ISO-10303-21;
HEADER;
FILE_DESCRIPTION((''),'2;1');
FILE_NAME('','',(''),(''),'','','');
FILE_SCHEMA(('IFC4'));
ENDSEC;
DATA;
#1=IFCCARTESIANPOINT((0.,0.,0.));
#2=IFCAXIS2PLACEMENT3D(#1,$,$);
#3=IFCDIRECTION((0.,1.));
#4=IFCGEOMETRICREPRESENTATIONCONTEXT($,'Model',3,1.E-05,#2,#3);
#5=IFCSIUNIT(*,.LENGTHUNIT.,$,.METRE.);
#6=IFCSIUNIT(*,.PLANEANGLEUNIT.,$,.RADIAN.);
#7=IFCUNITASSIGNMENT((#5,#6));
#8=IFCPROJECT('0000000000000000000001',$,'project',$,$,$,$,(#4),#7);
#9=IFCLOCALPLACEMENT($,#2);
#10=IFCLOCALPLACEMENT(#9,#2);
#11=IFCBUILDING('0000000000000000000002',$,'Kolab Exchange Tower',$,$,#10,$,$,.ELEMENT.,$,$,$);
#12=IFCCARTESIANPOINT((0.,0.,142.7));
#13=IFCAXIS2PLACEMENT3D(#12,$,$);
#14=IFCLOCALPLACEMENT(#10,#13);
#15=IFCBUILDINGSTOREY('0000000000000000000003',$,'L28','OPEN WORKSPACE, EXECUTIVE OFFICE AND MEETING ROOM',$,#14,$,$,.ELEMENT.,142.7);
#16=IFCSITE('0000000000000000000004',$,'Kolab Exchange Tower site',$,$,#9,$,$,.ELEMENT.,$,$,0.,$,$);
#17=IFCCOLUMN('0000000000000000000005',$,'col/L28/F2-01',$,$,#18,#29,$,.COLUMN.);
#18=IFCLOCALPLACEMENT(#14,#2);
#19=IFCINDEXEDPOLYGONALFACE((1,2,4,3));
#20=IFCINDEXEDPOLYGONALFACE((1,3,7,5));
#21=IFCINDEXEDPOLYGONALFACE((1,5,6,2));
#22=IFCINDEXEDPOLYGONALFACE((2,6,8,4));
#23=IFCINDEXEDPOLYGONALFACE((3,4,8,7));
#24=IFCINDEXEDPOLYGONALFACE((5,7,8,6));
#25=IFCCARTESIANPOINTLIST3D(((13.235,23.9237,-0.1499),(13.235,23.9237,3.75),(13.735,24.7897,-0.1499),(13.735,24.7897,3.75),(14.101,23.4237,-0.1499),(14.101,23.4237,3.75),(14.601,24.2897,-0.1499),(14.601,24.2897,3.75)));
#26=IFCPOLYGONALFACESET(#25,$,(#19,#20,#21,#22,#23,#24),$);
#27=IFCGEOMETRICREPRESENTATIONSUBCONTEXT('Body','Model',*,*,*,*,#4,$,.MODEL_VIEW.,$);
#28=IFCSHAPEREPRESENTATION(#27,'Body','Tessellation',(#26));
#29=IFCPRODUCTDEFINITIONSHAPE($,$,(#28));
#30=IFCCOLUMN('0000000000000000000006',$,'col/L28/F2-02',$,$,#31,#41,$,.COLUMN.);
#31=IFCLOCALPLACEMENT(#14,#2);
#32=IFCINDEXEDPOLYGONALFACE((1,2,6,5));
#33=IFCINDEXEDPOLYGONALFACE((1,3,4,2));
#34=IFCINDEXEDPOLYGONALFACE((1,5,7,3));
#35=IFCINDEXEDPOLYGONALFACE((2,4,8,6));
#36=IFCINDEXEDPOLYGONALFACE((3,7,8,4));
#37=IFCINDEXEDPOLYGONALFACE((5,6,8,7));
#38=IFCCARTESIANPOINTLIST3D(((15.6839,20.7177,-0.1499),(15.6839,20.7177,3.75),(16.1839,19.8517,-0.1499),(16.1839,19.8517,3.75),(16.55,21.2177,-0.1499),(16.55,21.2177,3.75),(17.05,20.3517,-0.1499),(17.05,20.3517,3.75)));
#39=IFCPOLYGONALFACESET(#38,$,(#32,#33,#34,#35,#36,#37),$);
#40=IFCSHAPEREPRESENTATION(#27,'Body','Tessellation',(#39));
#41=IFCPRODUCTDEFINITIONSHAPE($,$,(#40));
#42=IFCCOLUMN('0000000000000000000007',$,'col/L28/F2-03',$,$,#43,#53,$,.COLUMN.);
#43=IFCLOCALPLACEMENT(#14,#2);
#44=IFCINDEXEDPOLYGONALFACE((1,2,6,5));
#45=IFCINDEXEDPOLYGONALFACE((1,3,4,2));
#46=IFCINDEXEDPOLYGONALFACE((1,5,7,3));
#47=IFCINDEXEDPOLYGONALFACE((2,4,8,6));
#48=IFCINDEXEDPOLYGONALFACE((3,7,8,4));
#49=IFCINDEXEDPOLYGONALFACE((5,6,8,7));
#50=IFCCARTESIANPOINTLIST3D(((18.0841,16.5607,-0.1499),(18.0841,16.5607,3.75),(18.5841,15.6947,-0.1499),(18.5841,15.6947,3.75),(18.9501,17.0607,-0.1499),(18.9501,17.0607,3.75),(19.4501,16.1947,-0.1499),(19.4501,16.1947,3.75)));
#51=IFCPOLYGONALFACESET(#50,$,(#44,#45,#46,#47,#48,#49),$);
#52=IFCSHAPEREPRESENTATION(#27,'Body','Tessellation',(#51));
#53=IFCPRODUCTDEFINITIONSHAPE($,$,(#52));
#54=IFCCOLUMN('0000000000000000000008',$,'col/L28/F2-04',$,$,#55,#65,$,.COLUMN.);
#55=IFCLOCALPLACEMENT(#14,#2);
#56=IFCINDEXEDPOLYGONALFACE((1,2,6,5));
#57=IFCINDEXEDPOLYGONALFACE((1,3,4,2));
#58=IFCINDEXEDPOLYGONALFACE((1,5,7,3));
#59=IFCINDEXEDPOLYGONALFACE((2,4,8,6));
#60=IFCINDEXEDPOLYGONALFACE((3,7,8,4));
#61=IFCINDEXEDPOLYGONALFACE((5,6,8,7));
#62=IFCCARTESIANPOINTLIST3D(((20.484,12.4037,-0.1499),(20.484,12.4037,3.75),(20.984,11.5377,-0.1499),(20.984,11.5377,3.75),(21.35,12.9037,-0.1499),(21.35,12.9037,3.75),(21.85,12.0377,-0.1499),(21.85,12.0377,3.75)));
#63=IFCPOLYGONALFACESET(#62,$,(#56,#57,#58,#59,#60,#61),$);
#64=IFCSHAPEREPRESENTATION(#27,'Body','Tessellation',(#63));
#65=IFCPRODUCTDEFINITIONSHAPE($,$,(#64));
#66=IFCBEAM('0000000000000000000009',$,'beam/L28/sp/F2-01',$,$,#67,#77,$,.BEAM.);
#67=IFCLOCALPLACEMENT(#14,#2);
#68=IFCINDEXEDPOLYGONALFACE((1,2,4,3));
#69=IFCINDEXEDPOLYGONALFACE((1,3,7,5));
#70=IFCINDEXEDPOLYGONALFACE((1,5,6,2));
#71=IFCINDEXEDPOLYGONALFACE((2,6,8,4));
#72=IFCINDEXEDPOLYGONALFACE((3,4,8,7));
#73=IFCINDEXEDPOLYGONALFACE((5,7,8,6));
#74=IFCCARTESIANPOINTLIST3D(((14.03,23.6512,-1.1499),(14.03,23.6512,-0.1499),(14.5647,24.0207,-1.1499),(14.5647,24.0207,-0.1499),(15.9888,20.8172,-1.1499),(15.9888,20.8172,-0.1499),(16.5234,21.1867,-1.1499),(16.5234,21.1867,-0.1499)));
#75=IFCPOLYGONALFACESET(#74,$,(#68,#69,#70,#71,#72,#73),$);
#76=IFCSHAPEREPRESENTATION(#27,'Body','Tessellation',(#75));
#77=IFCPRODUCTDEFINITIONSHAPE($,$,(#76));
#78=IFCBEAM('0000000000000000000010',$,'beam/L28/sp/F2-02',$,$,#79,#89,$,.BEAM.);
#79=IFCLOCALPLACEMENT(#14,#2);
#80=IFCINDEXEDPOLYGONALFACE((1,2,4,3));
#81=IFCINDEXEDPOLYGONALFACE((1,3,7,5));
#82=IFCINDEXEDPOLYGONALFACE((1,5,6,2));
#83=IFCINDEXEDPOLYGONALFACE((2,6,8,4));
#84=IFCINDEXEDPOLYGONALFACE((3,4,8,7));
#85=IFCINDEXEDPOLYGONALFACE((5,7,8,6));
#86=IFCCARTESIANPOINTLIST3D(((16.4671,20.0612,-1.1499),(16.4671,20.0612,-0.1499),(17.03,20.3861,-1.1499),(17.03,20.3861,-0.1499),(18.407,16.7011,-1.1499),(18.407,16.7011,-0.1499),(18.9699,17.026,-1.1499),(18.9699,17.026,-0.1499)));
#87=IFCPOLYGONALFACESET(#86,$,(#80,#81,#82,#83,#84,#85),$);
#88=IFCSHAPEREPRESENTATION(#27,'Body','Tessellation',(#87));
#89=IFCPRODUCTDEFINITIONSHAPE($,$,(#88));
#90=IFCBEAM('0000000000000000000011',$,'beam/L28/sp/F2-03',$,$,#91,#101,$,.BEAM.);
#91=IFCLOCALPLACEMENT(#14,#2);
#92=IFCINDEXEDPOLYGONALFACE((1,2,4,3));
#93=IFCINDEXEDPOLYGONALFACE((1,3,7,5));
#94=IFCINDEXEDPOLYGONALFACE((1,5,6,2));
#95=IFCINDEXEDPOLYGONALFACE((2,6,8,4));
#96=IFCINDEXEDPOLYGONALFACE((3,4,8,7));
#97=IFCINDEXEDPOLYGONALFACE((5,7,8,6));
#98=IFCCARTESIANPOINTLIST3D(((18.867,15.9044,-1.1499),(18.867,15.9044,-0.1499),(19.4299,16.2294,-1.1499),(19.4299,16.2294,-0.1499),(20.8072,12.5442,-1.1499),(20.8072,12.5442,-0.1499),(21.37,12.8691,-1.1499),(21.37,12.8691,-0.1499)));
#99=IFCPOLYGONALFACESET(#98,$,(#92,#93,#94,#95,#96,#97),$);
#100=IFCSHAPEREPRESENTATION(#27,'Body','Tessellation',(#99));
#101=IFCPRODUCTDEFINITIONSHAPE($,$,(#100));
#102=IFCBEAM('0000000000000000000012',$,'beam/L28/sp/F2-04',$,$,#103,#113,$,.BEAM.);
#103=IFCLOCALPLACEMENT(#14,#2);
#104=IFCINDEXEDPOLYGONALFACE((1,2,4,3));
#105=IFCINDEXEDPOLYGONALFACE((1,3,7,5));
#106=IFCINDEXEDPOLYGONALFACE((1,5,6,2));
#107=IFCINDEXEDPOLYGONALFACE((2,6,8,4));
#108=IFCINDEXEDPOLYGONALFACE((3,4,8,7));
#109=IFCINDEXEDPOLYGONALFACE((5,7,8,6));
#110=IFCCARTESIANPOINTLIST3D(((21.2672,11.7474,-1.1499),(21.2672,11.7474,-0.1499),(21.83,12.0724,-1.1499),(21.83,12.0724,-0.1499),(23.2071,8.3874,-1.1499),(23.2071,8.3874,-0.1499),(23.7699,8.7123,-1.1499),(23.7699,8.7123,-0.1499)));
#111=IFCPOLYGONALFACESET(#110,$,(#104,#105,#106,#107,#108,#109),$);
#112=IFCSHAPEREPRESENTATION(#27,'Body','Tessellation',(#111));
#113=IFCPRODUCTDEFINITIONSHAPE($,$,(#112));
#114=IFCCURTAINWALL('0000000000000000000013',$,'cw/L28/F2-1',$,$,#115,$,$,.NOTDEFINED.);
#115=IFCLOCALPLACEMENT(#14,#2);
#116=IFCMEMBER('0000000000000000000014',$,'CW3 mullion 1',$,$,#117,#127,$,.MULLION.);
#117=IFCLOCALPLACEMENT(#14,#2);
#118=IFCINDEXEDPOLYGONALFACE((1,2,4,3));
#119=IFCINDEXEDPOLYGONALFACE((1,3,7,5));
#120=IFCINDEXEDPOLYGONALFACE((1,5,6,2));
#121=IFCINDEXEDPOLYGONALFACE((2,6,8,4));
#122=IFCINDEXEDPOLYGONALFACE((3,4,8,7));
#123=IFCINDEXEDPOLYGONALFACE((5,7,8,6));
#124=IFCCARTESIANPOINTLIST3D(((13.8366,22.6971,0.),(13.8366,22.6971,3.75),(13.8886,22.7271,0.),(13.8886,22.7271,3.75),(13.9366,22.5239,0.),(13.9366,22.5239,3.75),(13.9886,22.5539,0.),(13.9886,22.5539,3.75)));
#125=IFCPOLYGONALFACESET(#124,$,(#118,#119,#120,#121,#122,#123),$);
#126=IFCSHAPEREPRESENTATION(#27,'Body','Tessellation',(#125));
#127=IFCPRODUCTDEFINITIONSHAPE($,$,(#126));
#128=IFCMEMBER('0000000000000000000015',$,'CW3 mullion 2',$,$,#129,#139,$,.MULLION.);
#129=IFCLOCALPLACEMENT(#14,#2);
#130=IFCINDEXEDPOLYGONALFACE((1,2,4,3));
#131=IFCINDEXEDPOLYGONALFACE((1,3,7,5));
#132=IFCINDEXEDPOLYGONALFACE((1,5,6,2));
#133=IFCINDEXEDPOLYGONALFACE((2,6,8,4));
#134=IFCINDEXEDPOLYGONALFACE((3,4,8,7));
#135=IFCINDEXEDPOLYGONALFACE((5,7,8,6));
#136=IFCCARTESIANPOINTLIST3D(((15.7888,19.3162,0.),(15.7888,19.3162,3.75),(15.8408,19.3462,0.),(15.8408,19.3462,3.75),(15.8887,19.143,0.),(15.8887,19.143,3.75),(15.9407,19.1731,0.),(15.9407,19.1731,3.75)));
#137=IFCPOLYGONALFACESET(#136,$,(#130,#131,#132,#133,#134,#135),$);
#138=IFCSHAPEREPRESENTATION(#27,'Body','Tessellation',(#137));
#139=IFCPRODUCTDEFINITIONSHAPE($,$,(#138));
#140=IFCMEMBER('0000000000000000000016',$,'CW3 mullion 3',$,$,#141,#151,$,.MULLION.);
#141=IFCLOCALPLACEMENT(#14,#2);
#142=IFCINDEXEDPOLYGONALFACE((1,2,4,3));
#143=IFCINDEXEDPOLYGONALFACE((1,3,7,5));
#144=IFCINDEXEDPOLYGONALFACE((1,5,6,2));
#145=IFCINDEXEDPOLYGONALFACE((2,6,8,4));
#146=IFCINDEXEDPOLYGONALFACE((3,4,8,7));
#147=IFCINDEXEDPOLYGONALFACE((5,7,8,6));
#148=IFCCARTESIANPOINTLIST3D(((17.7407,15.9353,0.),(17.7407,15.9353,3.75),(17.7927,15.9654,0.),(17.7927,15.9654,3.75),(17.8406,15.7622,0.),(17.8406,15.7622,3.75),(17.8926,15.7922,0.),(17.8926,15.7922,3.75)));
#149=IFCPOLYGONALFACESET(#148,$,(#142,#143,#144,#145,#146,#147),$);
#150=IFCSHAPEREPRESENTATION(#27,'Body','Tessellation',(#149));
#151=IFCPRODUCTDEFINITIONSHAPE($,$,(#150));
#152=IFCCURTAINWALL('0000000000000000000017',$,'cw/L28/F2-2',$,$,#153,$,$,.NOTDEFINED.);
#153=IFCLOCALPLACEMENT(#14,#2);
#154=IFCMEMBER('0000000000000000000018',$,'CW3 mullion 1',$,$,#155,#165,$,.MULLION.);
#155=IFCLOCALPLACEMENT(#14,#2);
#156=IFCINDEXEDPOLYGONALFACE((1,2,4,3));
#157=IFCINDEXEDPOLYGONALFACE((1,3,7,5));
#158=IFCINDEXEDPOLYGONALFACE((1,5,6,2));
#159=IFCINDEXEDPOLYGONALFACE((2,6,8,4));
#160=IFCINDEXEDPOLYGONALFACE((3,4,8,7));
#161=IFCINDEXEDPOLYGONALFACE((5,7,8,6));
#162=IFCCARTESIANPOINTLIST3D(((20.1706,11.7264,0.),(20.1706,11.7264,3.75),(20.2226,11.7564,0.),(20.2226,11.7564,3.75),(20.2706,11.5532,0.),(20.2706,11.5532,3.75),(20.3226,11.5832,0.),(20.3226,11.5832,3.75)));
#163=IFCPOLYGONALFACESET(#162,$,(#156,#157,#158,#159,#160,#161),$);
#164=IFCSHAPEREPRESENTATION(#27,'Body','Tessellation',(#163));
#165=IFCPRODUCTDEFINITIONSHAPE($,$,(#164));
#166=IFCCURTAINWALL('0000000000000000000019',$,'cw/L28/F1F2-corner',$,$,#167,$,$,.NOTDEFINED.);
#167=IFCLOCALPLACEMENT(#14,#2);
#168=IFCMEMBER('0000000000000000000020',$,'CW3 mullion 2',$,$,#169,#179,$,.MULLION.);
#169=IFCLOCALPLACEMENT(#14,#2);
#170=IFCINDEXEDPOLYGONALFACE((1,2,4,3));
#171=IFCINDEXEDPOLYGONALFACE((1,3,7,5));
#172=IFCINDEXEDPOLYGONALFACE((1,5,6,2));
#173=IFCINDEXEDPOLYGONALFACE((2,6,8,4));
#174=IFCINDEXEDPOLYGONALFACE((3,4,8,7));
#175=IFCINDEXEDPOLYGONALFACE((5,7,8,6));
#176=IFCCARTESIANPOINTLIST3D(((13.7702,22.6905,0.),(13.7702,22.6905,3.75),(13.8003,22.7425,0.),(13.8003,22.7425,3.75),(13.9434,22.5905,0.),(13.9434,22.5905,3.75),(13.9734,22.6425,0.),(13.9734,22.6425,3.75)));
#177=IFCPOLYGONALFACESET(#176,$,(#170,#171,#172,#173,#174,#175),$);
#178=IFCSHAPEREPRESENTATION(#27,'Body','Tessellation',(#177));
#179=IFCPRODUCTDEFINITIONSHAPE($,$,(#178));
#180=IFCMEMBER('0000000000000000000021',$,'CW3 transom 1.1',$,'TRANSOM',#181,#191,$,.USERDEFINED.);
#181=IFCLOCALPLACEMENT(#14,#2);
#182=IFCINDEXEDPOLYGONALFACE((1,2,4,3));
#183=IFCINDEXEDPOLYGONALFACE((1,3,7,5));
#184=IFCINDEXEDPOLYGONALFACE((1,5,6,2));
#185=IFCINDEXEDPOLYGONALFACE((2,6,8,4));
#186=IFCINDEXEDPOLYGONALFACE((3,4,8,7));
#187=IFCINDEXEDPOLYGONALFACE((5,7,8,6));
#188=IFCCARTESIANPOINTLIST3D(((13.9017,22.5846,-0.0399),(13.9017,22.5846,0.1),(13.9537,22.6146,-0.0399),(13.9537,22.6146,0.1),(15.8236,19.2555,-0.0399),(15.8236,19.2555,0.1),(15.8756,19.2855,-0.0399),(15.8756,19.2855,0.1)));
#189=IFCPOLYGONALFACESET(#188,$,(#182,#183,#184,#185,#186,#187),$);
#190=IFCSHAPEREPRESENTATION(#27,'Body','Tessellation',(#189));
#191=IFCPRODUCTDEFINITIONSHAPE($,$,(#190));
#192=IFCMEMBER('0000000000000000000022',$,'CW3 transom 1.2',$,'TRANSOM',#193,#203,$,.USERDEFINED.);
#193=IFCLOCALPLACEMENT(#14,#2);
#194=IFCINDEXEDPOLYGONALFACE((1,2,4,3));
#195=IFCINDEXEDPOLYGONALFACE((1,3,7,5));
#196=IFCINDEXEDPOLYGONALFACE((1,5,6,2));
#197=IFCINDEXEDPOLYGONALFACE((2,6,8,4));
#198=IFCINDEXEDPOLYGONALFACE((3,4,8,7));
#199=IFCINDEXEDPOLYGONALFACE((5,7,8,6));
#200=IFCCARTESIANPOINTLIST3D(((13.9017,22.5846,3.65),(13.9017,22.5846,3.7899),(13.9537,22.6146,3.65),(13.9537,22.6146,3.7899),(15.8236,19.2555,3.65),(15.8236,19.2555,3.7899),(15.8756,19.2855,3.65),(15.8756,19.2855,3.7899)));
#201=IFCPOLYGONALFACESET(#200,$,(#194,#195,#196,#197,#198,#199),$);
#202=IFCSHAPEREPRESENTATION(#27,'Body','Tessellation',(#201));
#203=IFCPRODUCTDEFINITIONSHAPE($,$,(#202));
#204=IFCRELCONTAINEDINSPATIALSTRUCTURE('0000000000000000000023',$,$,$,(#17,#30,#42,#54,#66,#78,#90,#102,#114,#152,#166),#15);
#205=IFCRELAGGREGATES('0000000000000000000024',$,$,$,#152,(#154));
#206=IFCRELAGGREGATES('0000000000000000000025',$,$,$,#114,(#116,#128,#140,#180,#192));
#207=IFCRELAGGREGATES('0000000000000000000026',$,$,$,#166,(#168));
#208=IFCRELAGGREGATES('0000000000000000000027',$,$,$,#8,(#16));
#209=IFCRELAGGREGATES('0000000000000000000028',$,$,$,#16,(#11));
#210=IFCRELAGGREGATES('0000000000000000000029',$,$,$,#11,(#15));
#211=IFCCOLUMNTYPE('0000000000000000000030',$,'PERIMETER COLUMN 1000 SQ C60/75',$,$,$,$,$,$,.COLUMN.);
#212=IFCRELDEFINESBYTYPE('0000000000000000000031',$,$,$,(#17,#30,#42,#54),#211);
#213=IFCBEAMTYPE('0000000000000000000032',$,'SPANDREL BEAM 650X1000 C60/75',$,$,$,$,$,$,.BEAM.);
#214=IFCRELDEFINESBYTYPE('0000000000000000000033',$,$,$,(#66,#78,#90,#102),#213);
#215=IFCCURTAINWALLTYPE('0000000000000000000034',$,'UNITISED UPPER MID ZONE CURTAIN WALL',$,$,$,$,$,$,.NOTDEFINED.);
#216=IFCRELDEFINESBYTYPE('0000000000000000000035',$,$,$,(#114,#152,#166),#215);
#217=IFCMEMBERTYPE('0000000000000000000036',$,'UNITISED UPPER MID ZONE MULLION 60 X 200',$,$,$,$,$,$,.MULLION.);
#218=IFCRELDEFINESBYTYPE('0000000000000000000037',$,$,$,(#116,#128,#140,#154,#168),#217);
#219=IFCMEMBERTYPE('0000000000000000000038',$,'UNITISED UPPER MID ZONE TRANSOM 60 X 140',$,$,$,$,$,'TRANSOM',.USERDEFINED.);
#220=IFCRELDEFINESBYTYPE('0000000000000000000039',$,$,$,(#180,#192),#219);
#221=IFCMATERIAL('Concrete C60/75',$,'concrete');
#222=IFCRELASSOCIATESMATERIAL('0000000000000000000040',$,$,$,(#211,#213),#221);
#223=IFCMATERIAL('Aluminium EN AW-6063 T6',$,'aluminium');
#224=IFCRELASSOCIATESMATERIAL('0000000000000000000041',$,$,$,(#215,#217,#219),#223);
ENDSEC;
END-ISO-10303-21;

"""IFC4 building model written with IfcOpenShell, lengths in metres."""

from ifc_helpers import new_model, si_unit, direction, frame, origin, origin_2d, place, context, subcontext, project, spatial, rectangle, extrude, material, material_profile, profile_set, type_object, element, aggregate, save


model = new_model("IFC4")

# Units and contexts
model_context = context("Model", 3, precision=1e-05, world=origin(), true_north=direction((0.0, 1.0)))
body_context = subcontext(model_context, "Body", "Model", "MODEL_VIEW")
ifc_project = project(units=[si_unit("LENGTHUNIT", "METRE"), si_unit("PLANEANGLEUNIT", "RADIAN")], contexts=[model_context])

# Site, building, storey
site_placement = place(None, origin())
site = spatial("IfcSite", under=ifc_project, at=site_placement, Name="Kolab Exchange Tower site", CompositionType="ELEMENT", RefElevation=0.0)
building_placement = place(site_placement, origin())
building = spatial("IfcBuilding", under=site, at=building_placement, Name="Kolab Exchange Tower", CompositionType="ELEMENT")
storey_placement = place(building_placement, frame((0.0, 0.0, 142.7)))
storey = spatial("IfcBuildingStorey", under=building, at=storey_placement, Name="L28", Description="OPEN WORKSPACE, EXECUTIVE OFFICE AND MEETING ROOM", CompositionType="ELEMENT", Elevation=142.7)

# Columns
ifc_material_1 = material(Name="Concrete C60/75", Category="concrete")
ifc_material_profile_1 = material_profile(ifc_material_1, rectangle(XDim=1.0, YDim=1.0, at=origin_2d()), Name="RC1000")
ifc_profile_set_1 = profile_set([ifc_material_profile_1], Name="Concrete C60/75")
column_type = type_object("IfcColumnType", Name="PERIMETER COLUMN 1000 SQ C60/75", PredefinedType="COLUMN", material=ifc_profile_set_1)
for number, where, z_axis, x_axis, name in (
    (1, (13.918, 24.1067, -0.1499), (0.0, 0.0, 1.0), (0.5, 0.866025, 0.0), "col/L28/F2-01"),
    (2, (16.3669, 20.5347, -0.1499), (0.0, 0.0, 1.0), (0.866025, 0.5, 0.0), "col/L28/F2-02"),
    (3, (18.7671, 16.3777, -0.1499), (0.0, 0.0, 1.0), (0.866025, 0.5, 0.0), "col/L28/F2-03"),
    (4, (21.167, 12.2207, -0.1499), (0.0, 0.0, 1.0), (0.866025, 0.5, 0.0), "col/L28/F2-04"),
):
    element("IfcColumn", number, at=place(storey_placement, frame(where, z_axis=z_axis, x_axis=x_axis)), inside=storey, type_object=column_type, Name=name, PredefinedType="COLUMN", context=body_context, shape_type="SweptSolid", body=[
        extrude(rectangle(XDim=1.0, YDim=1.0, at=origin_2d()), origin(), (0.0, 0.0, 1.0), 3.8999),
    ])

# Beams
ifc_material_profile_2 = material_profile(ifc_material_1, rectangle(XDim=0.6499, YDim=1.0, at=origin_2d()), Name="RC650X1000")
ifc_profile_set_2 = profile_set([ifc_material_profile_2], Name="Concrete C60/75")
beam_type = type_object("IfcBeamType", Name="SPANDREL BEAM 650X1000 C60/75", PredefinedType="BEAM", material=ifc_profile_set_2)
beam_1_placement = place(storey_placement, frame((14.2974, 23.8359, -0.6499), z_axis=(0.568572, -0.822633, 0.0), x_axis=(0.822633, 0.568572, 0.0)))
element("IfcBeam", 5, at=beam_1_placement, inside=storey, type_object=beam_type, Name="beam/L28/sp/F2-01", PredefinedType="BEAM", context=body_context, shape_type="SweptSolid", body=[
    extrude(rectangle(XDim=0.6499, YDim=1.0, at=origin_2d()), origin(), (0.0, 0.0, 1.0), 3.4451),
])
beam_2_placement = place(storey_placement, frame((16.7485, 20.2236, -0.6499), z_axis=(0.499997, -0.866027, 0.0), x_axis=(0.866027, 0.499997, 0.0)))
element("IfcBeam", 6, at=beam_2_placement, inside=storey, type_object=beam_type, Name="beam/L28/sp/F2-02", PredefinedType="BEAM", context=body_context, shape_type="SweptSolid", body=[
    extrude(rectangle(XDim=0.6499, YDim=1.0, at=origin_2d()), origin(), (0.0, 0.0, 1.0), 3.8799),
])
beam_3_placement = place(storey_placement, frame((19.1484, 16.0669, -0.6499), z_axis=(0.500017, -0.866016, 0.0), x_axis=(0.866016, 0.500017, 0.0)))
element("IfcBeam", 7, at=beam_3_placement, inside=storey, type_object=beam_type, Name="beam/L28/sp/F2-03", PredefinedType="BEAM", context=body_context, shape_type="SweptSolid", body=[
    extrude(rectangle(XDim=0.6499, YDim=1.0, at=origin_2d()), origin(), (0.0, 0.0, 1.0), 3.8801),
])
beam_4_placement = place(storey_placement, frame((21.5486, 11.9099, -0.6499), z_axis=(0.499997, -0.866027, 0.0), x_axis=(0.866027, 0.499997, 0.0)))
element("IfcBeam", 8, at=beam_4_placement, inside=storey, type_object=beam_type, Name="beam/L28/sp/F2-04", PredefinedType="BEAM", context=body_context, shape_type="SweptSolid", body=[
    extrude(rectangle(XDim=0.6499, YDim=1.0, at=origin_2d()), origin(), (0.0, 0.0, 1.0), 3.8799),
])

# Curtain wall, members
ifc_material_2 = material(Name="Aluminium EN AW-6063 T6", Category="aluminium")
curtain_wall_type = type_object("IfcCurtainWallType", Name="UNITISED UPPER MID ZONE CURTAIN WALL", PredefinedType="NOTDEFINED", material=ifc_material_2)
curtain_wall_1_placement = place(storey_placement, origin())
curtain_wall_1 = element("IfcCurtainWall", 9, at=curtain_wall_1_placement, inside=storey, type_object=curtain_wall_type, Name="cw/L28/F2-1", PredefinedType="NOTDEFINED")
ifc_material_profile_3 = material_profile(ifc_material_2, rectangle(XDim=0.0601, YDim=0.2, at=origin_2d()), Name="RECT 60X200")
ifc_profile_set_3 = profile_set([ifc_material_profile_3], Name="Aluminium EN AW-6063 T6")
member_type_1 = type_object("IfcMemberType", Name="UNITISED UPPER MID ZONE MULLION 60 X 200", PredefinedType="MULLION", material=ifc_profile_set_3)
member_1_placement = place(storey_placement, frame((13.9126, 22.6255, 0.0), z_axis=(0.0, 0.0, 1.0), x_axis=(0.866025, 0.5, 0.0)))
member_1 = element("IfcMember", 10, at=member_1_placement, type_object=member_type_1, Name="CW3 mullion 1", PredefinedType="MULLION", context=body_context, shape_type="SweptSolid", body=[
    extrude(rectangle(XDim=0.0601, YDim=0.2, at=origin_2d()), origin(), (0.0, 0.0, 1.0), 3.75),
])
member_2_placement = place(storey_placement, frame((15.8647, 19.2446, 0.0), z_axis=(0.0, 0.0, 1.0), x_axis=(0.866025, 0.5, 0.0)))
member_2 = element("IfcMember", 11, at=member_2_placement, type_object=member_type_1, Name="CW3 mullion 2", PredefinedType="MULLION", context=body_context, shape_type="SweptSolid", body=[
    extrude(rectangle(XDim=0.0601, YDim=0.2, at=origin_2d()), origin(), (0.0, 0.0, 1.0), 3.75),
])
member_3_placement = place(storey_placement, frame((17.8167, 15.8638, 0.0), z_axis=(0.0, 0.0, 1.0), x_axis=(0.866025, 0.5, 0.0)))
member_3 = element("IfcMember", 12, at=member_3_placement, type_object=member_type_1, Name="CW3 mullion 3", PredefinedType="MULLION", context=body_context, shape_type="SweptSolid", body=[
    extrude(rectangle(XDim=0.0601, YDim=0.2, at=origin_2d()), origin(), (0.0, 0.0, 1.0), 3.75),
])

# Curtain walls, members
curtain_wall_2_placement = place(storey_placement, origin())
curtain_wall_2 = element("IfcCurtainWall", 13, at=curtain_wall_2_placement, inside=storey, type_object=curtain_wall_type, Name="cw/L28/F2-2", PredefinedType="NOTDEFINED")
member_4_placement = place(storey_placement, frame((20.2466, 11.6548, 0.0), z_axis=(0.0, 0.0, 1.0), x_axis=(0.866025, 0.5, 0.0)))
member_4 = element("IfcMember", 14, at=member_4_placement, type_object=member_type_1, Name="CW3 mullion 1", PredefinedType="MULLION", context=body_context, shape_type="SweptSolid", body=[
    extrude(rectangle(XDim=0.0601, YDim=0.2, at=origin_2d()), origin(), (0.0, 0.0, 1.0), 3.75),
])
aggregate(curtain_wall_2, [member_4])
curtain_wall_3_placement = place(storey_placement, origin())
curtain_wall_3 = element("IfcCurtainWall", 15, at=curtain_wall_3_placement, inside=storey, type_object=curtain_wall_type, Name="cw/L28/F1F2-corner", PredefinedType="NOTDEFINED")
member_5_placement = place(storey_placement, frame((13.8718, 22.6665, 0.0), z_axis=(0.0, 0.0, 1.0), x_axis=(0.5, 0.866025, 0.0)))
member_5 = element("IfcMember", 16, at=member_5_placement, type_object=member_type_1, Name="CW3 mullion 2", PredefinedType="MULLION", context=body_context, shape_type="SweptSolid", body=[
    extrude(rectangle(XDim=0.0601, YDim=0.2, at=origin_2d()), origin(), (0.0, 0.0, 1.0), 3.75),
])

# Members
ifc_material_profile_4 = material_profile(ifc_material_2, rectangle(XDim=0.0601, YDim=0.1399, at=origin_2d()), Name="RECT 60X140")
ifc_profile_set_4 = profile_set([ifc_material_profile_4], Name="Aluminium EN AW-6063 T6")
member_type_2 = type_object("IfcMemberType", Name="UNITISED UPPER MID ZONE TRANSOM 60 X 140", ElementType="TRANSOM", PredefinedType="USERDEFINED", material=ifc_profile_set_4)
member_6_placement = place(storey_placement, frame((13.9277, 22.5996, 0.03), z_axis=(0.499964, -0.866046, 0.0), x_axis=(0.866046, 0.499964, 0.0)))
member_6 = element("IfcMember", 17, at=member_6_placement, type_object=member_type_2, Name="CW3 transom 1.1", ObjectType="TRANSOM", PredefinedType="USERDEFINED", context=body_context, shape_type="SweptSolid", body=[
    extrude(rectangle(XDim=0.0601, YDim=0.1399, at=origin_2d()), origin(), (0.0, 0.0, 1.0), 3.844),
])
member_7_placement = place(storey_placement, frame((13.9277, 22.5996, 3.72), z_axis=(0.499964, -0.866046, 0.0), x_axis=(0.866046, 0.499964, 0.0)))
member_7 = element("IfcMember", 18, at=member_7_placement, type_object=member_type_2, Name="CW3 transom 1.2", ObjectType="TRANSOM", PredefinedType="USERDEFINED", context=body_context, shape_type="SweptSolid", body=[
    extrude(rectangle(XDim=0.0601, YDim=0.1399, at=origin_2d()), origin(), (0.0, 0.0, 1.0), 3.844),
])

aggregate(curtain_wall_1, [member_1, member_2, member_3, member_6, member_7])
aggregate(curtain_wall_3, [member_5])

save(model, "model.ifc")
